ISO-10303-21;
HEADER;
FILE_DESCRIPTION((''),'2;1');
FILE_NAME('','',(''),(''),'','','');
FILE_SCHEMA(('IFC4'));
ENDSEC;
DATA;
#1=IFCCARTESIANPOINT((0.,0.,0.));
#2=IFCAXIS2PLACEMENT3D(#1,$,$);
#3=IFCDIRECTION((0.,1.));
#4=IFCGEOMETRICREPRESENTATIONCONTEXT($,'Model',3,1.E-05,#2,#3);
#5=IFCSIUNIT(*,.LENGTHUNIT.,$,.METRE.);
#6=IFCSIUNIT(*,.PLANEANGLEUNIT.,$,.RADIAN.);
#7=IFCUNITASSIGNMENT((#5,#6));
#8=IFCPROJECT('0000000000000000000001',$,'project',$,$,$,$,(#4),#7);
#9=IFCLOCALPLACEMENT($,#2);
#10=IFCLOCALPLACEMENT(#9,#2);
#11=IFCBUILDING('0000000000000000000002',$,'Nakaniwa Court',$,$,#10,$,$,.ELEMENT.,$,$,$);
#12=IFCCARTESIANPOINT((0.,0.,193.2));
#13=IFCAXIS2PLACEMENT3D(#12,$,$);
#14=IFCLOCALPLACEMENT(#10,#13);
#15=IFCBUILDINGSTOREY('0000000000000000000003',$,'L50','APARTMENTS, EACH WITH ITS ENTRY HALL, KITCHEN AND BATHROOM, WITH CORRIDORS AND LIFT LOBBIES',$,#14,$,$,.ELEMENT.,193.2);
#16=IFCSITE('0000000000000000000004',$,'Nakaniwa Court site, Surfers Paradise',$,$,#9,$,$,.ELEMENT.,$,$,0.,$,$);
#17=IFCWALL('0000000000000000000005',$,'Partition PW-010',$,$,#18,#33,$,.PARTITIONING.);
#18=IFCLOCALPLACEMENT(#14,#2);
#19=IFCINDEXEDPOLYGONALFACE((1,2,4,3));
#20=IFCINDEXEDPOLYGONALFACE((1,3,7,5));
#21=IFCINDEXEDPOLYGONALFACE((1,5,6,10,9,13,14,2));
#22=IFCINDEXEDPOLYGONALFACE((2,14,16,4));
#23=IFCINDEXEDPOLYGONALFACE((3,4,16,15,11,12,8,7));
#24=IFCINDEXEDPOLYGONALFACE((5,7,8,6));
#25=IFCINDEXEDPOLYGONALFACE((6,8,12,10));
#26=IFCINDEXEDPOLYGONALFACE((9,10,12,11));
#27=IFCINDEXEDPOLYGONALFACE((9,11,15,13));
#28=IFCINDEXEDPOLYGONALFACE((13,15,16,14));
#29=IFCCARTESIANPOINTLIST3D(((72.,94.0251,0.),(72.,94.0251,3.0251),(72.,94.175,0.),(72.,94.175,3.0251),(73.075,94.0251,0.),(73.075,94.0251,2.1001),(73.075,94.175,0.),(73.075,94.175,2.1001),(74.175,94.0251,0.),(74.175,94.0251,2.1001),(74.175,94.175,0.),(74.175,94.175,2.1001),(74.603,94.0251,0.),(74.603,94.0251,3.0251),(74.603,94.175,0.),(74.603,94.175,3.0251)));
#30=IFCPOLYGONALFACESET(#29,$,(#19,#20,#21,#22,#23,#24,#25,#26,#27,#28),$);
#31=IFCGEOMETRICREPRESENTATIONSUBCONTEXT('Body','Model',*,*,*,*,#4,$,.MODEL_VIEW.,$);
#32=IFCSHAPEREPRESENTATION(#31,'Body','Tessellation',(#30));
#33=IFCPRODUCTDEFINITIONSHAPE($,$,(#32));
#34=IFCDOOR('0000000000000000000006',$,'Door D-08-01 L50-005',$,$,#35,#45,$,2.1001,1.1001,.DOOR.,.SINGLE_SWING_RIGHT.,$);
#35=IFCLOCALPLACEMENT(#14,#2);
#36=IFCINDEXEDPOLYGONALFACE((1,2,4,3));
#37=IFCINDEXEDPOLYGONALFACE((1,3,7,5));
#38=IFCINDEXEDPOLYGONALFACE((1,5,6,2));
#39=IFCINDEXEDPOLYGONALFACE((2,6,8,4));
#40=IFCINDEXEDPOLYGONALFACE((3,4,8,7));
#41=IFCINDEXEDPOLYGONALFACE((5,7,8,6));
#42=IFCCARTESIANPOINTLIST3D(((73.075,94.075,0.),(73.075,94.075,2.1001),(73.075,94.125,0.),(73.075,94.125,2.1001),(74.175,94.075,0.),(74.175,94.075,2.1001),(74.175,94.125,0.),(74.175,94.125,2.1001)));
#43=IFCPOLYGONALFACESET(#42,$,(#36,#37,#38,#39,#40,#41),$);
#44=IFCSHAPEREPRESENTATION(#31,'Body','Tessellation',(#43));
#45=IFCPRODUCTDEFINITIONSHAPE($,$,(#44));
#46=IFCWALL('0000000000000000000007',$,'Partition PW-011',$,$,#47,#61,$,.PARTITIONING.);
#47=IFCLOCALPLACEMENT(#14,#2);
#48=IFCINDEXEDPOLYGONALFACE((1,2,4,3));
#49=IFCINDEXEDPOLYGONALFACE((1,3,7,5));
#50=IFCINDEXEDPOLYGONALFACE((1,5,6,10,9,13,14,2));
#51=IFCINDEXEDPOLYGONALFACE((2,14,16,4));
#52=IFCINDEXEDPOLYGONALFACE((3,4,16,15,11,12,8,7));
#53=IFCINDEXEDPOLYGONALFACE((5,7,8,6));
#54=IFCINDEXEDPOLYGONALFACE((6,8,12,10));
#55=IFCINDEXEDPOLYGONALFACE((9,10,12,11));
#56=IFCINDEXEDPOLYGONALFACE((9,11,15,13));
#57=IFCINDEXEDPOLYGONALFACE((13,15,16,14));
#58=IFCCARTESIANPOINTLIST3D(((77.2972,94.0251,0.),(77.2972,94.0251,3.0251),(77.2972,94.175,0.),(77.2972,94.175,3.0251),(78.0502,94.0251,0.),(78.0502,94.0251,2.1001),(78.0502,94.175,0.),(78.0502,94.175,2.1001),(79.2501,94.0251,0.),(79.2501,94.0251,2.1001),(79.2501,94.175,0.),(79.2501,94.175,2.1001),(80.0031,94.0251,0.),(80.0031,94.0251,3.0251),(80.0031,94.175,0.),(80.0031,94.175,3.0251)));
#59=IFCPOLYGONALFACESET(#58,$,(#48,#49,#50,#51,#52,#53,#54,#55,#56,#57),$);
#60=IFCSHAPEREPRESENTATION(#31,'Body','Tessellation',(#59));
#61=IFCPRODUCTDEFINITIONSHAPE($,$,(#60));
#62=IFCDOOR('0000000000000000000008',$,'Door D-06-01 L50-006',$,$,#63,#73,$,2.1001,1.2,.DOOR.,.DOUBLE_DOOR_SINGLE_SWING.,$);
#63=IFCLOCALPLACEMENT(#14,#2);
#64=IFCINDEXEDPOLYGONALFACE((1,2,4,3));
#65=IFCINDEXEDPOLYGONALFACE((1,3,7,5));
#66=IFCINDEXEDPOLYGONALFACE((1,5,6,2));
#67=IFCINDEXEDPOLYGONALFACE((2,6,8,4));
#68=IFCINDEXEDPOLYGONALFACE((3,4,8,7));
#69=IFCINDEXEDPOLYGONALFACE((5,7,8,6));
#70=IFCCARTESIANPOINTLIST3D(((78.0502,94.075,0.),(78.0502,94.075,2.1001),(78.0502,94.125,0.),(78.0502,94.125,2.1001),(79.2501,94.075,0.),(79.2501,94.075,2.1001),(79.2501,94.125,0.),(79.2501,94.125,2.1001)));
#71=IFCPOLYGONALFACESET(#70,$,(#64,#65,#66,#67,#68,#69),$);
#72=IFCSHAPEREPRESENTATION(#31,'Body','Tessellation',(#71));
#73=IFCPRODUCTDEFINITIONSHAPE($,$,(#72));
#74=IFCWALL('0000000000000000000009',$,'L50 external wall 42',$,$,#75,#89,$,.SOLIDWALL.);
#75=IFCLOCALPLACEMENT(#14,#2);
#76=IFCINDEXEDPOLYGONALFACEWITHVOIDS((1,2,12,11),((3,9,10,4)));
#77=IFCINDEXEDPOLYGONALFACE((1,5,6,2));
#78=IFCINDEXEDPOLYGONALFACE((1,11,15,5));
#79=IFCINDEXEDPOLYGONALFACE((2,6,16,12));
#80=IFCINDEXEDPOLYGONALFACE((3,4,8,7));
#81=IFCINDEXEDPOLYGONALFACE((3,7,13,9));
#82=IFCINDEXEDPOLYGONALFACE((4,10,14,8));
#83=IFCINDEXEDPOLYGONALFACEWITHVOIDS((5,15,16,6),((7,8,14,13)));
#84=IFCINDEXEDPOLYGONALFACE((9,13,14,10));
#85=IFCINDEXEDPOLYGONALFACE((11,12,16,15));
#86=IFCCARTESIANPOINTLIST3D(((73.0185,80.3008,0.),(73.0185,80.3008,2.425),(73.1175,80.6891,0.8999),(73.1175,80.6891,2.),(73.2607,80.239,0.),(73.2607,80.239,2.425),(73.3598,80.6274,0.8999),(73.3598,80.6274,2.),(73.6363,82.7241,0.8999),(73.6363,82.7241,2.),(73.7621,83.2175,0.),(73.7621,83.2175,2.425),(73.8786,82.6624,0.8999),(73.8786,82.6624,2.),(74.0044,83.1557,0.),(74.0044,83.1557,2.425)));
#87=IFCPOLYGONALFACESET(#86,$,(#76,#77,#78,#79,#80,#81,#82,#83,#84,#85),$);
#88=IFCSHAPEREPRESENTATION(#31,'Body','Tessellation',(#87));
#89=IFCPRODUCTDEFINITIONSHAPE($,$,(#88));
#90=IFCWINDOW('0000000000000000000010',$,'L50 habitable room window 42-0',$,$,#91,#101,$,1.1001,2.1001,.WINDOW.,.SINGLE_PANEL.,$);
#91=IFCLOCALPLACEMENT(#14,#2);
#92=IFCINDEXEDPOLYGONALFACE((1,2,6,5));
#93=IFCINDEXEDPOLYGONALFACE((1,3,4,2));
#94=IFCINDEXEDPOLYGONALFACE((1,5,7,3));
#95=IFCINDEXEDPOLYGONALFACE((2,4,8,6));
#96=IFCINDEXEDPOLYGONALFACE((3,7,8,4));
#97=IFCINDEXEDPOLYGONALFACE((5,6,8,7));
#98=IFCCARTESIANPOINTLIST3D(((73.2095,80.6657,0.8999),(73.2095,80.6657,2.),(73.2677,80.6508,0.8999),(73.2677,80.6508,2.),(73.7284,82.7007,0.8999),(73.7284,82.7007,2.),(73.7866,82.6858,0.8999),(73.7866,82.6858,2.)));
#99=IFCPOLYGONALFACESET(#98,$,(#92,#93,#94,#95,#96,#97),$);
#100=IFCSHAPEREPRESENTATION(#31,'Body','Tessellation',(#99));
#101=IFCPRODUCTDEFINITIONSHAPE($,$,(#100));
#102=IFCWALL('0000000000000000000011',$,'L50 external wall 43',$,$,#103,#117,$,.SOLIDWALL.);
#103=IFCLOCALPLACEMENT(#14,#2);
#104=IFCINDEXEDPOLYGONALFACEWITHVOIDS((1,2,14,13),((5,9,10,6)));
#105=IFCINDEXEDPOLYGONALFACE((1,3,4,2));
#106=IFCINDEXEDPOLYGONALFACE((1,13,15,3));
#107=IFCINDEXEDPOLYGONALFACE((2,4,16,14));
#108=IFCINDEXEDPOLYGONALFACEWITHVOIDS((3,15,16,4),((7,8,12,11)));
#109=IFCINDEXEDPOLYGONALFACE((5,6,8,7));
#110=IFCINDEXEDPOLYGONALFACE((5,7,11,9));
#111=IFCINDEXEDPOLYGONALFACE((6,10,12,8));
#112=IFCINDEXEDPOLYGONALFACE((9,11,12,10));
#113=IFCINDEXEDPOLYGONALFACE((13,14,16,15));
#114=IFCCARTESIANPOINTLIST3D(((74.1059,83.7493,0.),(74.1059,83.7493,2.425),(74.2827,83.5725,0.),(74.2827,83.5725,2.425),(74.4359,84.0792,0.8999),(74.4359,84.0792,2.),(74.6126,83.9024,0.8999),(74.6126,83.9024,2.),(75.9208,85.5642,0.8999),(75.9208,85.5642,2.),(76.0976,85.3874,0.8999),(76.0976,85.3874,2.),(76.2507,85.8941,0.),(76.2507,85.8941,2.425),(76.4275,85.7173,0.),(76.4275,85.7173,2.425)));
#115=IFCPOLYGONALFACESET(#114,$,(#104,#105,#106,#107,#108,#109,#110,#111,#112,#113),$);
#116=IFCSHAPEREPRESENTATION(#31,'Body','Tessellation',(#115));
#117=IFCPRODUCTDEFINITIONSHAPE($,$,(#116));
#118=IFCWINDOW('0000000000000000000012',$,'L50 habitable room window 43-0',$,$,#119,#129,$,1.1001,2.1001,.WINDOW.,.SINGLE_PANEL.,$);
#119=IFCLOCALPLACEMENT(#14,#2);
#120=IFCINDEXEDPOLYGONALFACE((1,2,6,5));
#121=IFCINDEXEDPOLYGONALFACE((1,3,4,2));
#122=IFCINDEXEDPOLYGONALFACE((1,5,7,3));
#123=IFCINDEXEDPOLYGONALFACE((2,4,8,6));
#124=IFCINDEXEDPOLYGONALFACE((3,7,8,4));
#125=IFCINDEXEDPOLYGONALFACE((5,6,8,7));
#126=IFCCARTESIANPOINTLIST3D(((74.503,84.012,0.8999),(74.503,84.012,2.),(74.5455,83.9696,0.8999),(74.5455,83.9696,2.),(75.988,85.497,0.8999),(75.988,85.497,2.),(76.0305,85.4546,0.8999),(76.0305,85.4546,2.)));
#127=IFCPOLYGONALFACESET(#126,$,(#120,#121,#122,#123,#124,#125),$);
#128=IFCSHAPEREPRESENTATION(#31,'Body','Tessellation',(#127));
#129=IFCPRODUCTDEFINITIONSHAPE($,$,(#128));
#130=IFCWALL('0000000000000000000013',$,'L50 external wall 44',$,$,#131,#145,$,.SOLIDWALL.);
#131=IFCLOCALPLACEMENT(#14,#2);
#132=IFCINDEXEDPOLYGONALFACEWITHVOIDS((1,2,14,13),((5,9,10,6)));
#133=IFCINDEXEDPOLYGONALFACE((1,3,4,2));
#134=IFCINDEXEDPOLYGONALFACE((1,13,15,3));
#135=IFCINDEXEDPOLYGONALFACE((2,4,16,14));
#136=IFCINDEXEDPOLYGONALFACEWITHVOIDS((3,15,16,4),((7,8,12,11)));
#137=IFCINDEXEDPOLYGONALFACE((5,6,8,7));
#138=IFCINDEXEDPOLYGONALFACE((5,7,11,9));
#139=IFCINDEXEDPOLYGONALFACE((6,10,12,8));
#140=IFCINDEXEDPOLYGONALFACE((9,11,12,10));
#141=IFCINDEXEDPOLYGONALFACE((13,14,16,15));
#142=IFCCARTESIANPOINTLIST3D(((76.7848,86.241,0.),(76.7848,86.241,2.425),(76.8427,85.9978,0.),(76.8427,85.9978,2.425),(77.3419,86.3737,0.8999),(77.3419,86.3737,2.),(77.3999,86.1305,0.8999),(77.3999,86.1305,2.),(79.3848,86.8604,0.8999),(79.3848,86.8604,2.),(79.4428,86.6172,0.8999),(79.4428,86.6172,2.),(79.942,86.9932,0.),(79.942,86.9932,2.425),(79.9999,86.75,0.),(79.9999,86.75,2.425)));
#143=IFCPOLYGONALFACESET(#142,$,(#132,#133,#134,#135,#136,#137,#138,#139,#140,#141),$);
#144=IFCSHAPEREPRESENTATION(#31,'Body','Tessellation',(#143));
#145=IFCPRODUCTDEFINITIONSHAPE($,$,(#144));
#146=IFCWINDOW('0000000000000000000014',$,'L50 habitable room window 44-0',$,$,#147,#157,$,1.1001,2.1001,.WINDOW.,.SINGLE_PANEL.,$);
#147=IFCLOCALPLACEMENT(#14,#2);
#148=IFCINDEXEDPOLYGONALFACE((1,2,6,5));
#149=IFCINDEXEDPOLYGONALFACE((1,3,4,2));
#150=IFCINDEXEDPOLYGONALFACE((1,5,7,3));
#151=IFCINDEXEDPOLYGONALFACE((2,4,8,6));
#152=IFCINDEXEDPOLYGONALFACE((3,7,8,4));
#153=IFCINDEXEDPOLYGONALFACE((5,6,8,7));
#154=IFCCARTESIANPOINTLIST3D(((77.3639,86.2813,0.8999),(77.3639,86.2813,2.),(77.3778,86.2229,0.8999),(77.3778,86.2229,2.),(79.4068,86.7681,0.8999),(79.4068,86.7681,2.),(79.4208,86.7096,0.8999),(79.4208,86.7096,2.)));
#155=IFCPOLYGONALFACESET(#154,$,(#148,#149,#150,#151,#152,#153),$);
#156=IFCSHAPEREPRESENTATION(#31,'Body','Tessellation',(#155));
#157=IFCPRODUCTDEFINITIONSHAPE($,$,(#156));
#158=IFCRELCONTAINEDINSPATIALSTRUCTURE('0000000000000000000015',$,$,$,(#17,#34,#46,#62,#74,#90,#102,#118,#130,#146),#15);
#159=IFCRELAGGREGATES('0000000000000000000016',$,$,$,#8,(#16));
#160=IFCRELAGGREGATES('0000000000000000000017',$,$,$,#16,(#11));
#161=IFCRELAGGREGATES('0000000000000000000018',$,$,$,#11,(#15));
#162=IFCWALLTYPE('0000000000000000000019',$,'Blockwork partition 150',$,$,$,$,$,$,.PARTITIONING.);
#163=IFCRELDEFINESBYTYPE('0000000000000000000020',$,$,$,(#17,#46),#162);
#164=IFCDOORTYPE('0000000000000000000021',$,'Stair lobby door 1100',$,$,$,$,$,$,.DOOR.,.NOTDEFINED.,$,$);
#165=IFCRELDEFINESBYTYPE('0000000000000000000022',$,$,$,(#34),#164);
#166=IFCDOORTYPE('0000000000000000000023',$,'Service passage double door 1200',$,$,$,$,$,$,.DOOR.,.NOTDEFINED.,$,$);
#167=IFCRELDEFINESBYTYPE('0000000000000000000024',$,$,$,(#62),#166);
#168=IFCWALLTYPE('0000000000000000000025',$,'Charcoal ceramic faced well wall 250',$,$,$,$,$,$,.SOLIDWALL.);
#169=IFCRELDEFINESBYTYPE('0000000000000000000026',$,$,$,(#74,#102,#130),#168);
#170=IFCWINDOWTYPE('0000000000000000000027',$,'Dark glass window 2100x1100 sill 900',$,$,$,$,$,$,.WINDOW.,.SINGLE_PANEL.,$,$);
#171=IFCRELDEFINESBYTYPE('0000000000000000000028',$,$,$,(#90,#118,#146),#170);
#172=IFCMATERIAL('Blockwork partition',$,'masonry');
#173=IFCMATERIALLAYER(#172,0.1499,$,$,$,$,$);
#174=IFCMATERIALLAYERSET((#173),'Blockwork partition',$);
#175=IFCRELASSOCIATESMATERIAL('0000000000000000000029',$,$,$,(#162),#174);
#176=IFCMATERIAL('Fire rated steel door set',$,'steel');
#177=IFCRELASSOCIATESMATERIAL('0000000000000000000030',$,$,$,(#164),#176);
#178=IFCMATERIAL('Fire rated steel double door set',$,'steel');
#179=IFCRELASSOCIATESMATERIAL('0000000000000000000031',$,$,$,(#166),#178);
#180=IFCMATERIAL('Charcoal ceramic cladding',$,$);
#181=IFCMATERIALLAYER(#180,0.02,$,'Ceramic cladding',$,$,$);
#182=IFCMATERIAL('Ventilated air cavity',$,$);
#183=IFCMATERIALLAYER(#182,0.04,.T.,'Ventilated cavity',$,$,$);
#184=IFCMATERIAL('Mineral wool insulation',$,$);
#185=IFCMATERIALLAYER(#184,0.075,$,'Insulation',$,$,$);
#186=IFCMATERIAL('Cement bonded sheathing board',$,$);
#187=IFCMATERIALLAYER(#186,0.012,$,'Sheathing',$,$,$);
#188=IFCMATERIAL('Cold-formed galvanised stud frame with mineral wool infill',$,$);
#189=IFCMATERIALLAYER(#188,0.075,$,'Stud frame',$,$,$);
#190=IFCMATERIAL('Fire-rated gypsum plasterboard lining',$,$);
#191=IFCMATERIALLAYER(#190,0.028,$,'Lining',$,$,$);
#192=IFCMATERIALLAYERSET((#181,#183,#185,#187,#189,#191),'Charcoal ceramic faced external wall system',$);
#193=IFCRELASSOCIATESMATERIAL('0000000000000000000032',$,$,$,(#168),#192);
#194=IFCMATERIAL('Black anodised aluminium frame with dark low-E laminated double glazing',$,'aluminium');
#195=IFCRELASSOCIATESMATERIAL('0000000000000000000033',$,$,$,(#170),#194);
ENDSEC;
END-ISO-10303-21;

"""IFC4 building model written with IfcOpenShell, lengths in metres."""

from ifc_helpers import new_model, si_unit, direction, frame, frame_2d, origin, place, context, subcontext, project, spatial, rectangle, extrude, material, layer, layer_set, type_object, element, fill, save


model = new_model("IFC4")

# Units and contexts
model_context = context("Model", 3, precision=1e-05, world=origin(), true_north=direction((0.0, 1.0)))
body_context = subcontext(model_context, "Body", "Model", "MODEL_VIEW")
ifc_project = project(units=[si_unit("LENGTHUNIT", "METRE"), si_unit("PLANEANGLEUNIT", "RADIAN")], contexts=[model_context])

# Site, building, storey
site_placement = place(None, origin())
site = spatial("IfcSite", under=ifc_project, at=site_placement, Name="Nakaniwa Court site, Surfers Paradise", CompositionType="ELEMENT", RefElevation=0.0)
building_placement = place(site_placement, origin())
building = spatial("IfcBuilding", under=site, at=building_placement, Name="Nakaniwa Court", CompositionType="ELEMENT")
storey_placement = place(building_placement, frame((0.0, 0.0, 193.2)))
storey = spatial("IfcBuildingStorey", under=building, at=storey_placement, Name="L50", Description="APARTMENTS, EACH WITH ITS ENTRY HALL, KITCHEN AND BATHROOM, WITH CORRIDORS AND LIFT LOBBIES", CompositionType="ELEMENT", Elevation=193.2)

# Shared definitions
ifc_material_1 = material(Name="Blockwork partition", Category="masonry")
ifc_layer_1 = layer(ifc_material_1, 0.1499)
ifc_layer_set_1 = layer_set([ifc_layer_1], Name="Blockwork partition")
wall_type_1 = type_object("IfcWallType", Name="Blockwork partition 150", PredefinedType="PARTITIONING", material=ifc_layer_set_1)

# Walls, openings, doors
wall_1_placement = place(storey_placement, frame((72.0, 94.1001, 0.0), z_axis=(0.0, 0.0, 1.0), x_axis=(1.0, 0.0, 0.0)))
wall_1 = element("IfcWall", 1, at=wall_1_placement, inside=storey, type_object=wall_type_1, Name="Partition PW-010", PredefinedType="PARTITIONING", context=body_context, shape_type="SweptSolid", body=[
    extrude(rectangle(XDim=2.603, YDim=0.1499, at=frame_2d((1.3015, 0.0))), origin(), (0.0, 0.0, 1.0), 3.0251),
])
opening_1_placement = place(wall_1_placement, frame((1.075, 0.0, 0.0)))
opening_1 = element("IfcOpeningElement", 2, at=opening_1_placement, cuts=wall_1, PredefinedType="OPENING", context=body_context, shape_type="SweptSolid", body=[
    extrude(rectangle(XDim=1.1001, YDim=2.1001, at=frame_2d((0.55, 1.05))), frame((0.0, 0.085, 0.0), z_axis=(0.0, -1.0, 0.0), x_axis=(1.0, 0.0, 0.0)), (0.0, 0.0, 1.0), 0.1699),
])
ifc_material_2 = material(Name="Fire rated steel door set", Category="steel")
door_type_1 = type_object("IfcDoorType", Name="Stair lobby door 1100", OperationType="NOTDEFINED", PredefinedType="DOOR", material=ifc_material_2)
door_1_placement = place(opening_1_placement, origin())
door_1 = element("IfcDoor", 3, at=door_1_placement, inside=storey, type_object=door_type_1, Name="Door D-08-01 L50-005", OperationType="SINGLE_SWING_RIGHT", OverallHeight=2.1001, OverallWidth=1.1001, PredefinedType="DOOR", context=body_context, shape_type="SweptSolid", body=[
    extrude(rectangle(XDim=1.1001, YDim=2.1001, at=frame_2d((0.55, 1.05))), frame((0.0, 0.0249, 0.0), z_axis=(0.0, -1.0, 0.0), x_axis=(1.0, 0.0, 0.0)), (0.0, 0.0, 1.0), 0.05),
])
fill(opening_1, door_1)
wall_2_placement = place(storey_placement, frame((77.2971, 94.1001, 0.0), z_axis=(0.0, 0.0, 1.0), x_axis=(1.0, 0.0, 0.0)))
wall_2 = element("IfcWall", 4, at=wall_2_placement, inside=storey, type_object=wall_type_1, Name="Partition PW-011", PredefinedType="PARTITIONING", context=body_context, shape_type="SweptSolid", body=[
    extrude(rectangle(XDim=2.7058, YDim=0.1499, at=frame_2d((1.353, 0.0))), origin(), (0.0, 0.0, 1.0), 3.0251),
])
opening_2_placement = place(wall_2_placement, frame((0.7529, 0.0, 0.0)))
opening_2 = element("IfcOpeningElement", 5, at=opening_2_placement, cuts=wall_2, PredefinedType="OPENING", context=body_context, shape_type="SweptSolid", body=[
    extrude(rectangle(XDim=1.2, YDim=2.1001, at=frame_2d((0.6001, 1.05))), frame((0.0, 0.085, 0.0), z_axis=(0.0, -1.0, 0.0), x_axis=(1.0, 0.0, 0.0)), (0.0, 0.0, 1.0), 0.1699),
])
ifc_material_3 = material(Name="Fire rated steel double door set", Category="steel")
door_type_2 = type_object("IfcDoorType", Name="Service passage double door 1200", OperationType="NOTDEFINED", PredefinedType="DOOR", material=ifc_material_3)
door_2_placement = place(opening_2_placement, origin())
door_2 = element("IfcDoor", 6, at=door_2_placement, inside=storey, type_object=door_type_2, Name="Door D-06-01 L50-006", OperationType="DOUBLE_DOOR_SINGLE_SWING", OverallHeight=2.1001, OverallWidth=1.2, PredefinedType="DOOR", context=body_context, shape_type="SweptSolid", body=[
    extrude(rectangle(XDim=1.2, YDim=2.1001, at=frame_2d((0.6001, 1.05))), frame((0.0, 0.0249, 0.0), z_axis=(0.0, -1.0, 0.0), x_axis=(1.0, 0.0, 0.0)), (0.0, 0.0, 1.0), 0.05),
])
fill(opening_2, door_2)

# Walls, openings, windows
ifc_material_4 = material(Name="Charcoal ceramic cladding")
ifc_layer_2 = layer(ifc_material_4, 0.02, Name="Ceramic cladding")
ifc_material_5 = material(Name="Ventilated air cavity")
ifc_layer_3 = layer(ifc_material_5, 0.04, ventilated=True, Name="Ventilated cavity")
ifc_material_6 = material(Name="Mineral wool insulation")
ifc_layer_4 = layer(ifc_material_6, 0.075, Name="Insulation")
ifc_material_7 = material(Name="Cement bonded sheathing board")
ifc_layer_5 = layer(ifc_material_7, 0.012, Name="Sheathing")
ifc_material_8 = material(Name="Cold-formed galvanised stud frame with mineral wool infill")
ifc_layer_6 = layer(ifc_material_8, 0.075, Name="Stud frame")
ifc_material_9 = material(Name="Fire-rated gypsum plasterboard lining")
ifc_layer_7 = layer(ifc_material_9, 0.028, Name="Lining")
ifc_layer_set_2 = layer_set([ifc_layer_2, ifc_layer_3, ifc_layer_4, ifc_layer_5, ifc_layer_6, ifc_layer_7], Name="Charcoal ceramic faced external wall system")
wall_type_2 = type_object("IfcWallType", Name="Charcoal ceramic faced well wall 250", PredefinedType="SOLIDWALL", material=ifc_layer_set_2)
wall_3_placement = place(storey_placement, frame((73.1396, 80.27, 0.0), z_axis=(0.0, 0.0, 1.0), x_axis=(0.247056, 0.969001, 0.0)))
wall_3 = element("IfcWall", 7, at=wall_3_placement, inside=storey, type_object=wall_type_2, Name="L50 external wall 42", PredefinedType="SOLIDWALL", context=body_context, shape_type="SweptSolid", body=[
    extrude(rectangle(XDim=3.01, YDim=0.25, at=frame_2d((1.5049, 0.0))), origin(), (0.0, 0.0, 1.0), 2.425),
])
opening_3_placement = place(wall_3_placement, frame((0.4006, 0.0, 0.8999)))
opening_3 = element("IfcOpeningElement", 8, at=opening_3_placement, cuts=wall_3, PredefinedType="OPENING", context=body_context, shape_type="SweptSolid", body=[
    extrude(rectangle(XDim=2.1001, YDim=1.1001, at=frame_2d((1.05, 0.55))), frame((0.0, 0.135, 0.0), z_axis=(0.0, -1.0, 0.0), x_axis=(1.0, 0.0, 0.0)), (0.0, 0.0, 1.0), 0.27),
])
ifc_material_10 = material(Name="Black anodised aluminium frame with dark low-E laminated double glazing", Category="aluminium")
window_type = type_object("IfcWindowType", Name="Dark glass window 2100x1100 sill 900", PartitioningType="SINGLE_PANEL", PredefinedType="WINDOW", material=ifc_material_10)
window_1_placement = place(opening_3_placement, origin())
window_1 = element("IfcWindow", 9, at=window_1_placement, inside=storey, type_object=window_type, Name="L50 habitable room window 42-0", OverallHeight=1.1001, OverallWidth=2.1001, PartitioningType="SINGLE_PANEL", PredefinedType="WINDOW", context=body_context, shape_type="SweptSolid", body=[
    extrude(rectangle(XDim=2.1001, YDim=1.1001, at=frame_2d((1.05, 0.55))), frame((0.0, 0.03, 0.0), z_axis=(0.0, -1.0, 0.0), x_axis=(1.0, 0.0, 0.0)), (0.0, 0.0, 1.0), 0.0601),
])
fill(opening_3, window_1)
wall_4_placement = place(storey_placement, frame((74.1943, 83.6609, 0.0), z_axis=(0.0, 0.0, 1.0), x_axis=(0.707107, 0.707107, 0.0)))
wall_4 = element("IfcWall", 10, at=wall_4_placement, inside=storey, type_object=wall_type_2, Name="L50 external wall 43", PredefinedType="SOLIDWALL", context=body_context, shape_type="SweptSolid", body=[
    extrude(rectangle(XDim=3.0332, YDim=0.25, at=frame_2d((1.5166, 0.0))), origin(), (0.0, 0.0, 1.0), 2.425),
])
opening_4_placement = place(wall_4_placement, frame((0.4666, 0.0, 0.8999)))
opening_4 = element("IfcOpeningElement", 11, at=opening_4_placement, cuts=wall_4, PredefinedType="OPENING", context=body_context, shape_type="SweptSolid", body=[
    extrude(rectangle(XDim=2.1001, YDim=1.1001, at=frame_2d((1.05, 0.55))), frame((0.0, 0.135, 0.0), z_axis=(0.0, -1.0, 0.0), x_axis=(1.0, 0.0, 0.0)), (0.0, 0.0, 1.0), 0.27),
])
window_2_placement = place(opening_4_placement, origin())
window_2 = element("IfcWindow", 12, at=window_2_placement, inside=storey, type_object=window_type, Name="L50 habitable room window 43-0", OverallHeight=1.1001, OverallWidth=2.1001, PartitioningType="SINGLE_PANEL", PredefinedType="WINDOW", context=body_context, shape_type="SweptSolid", body=[
    extrude(rectangle(XDim=2.1001, YDim=1.1001, at=frame_2d((1.05, 0.55))), frame((0.0, 0.03, 0.0), z_axis=(0.0, -1.0, 0.0), x_axis=(1.0, 0.0, 0.0)), (0.0, 0.0, 1.0), 0.0601),
])
fill(opening_4, window_2)
wall_5_placement = place(storey_placement, frame((76.8137, 86.1194, 0.0), z_axis=(0.0, 0.0, 1.0), x_axis=(0.972773, 0.23176, 0.0)))
wall_5 = element("IfcWall", 13, at=wall_5_placement, inside=storey, type_object=wall_type_2, Name="L50 external wall 44", PredefinedType="SOLIDWALL", context=body_context, shape_type="SweptSolid", body=[
    extrude(rectangle(XDim=3.2456, YDim=0.25, at=frame_2d((1.6228, 0.0))), origin(), (0.0, 0.0, 1.0), 2.425),
])
opening_5_placement = place(wall_5_placement, frame((0.5728, 0.0, 0.8999)))
opening_5 = element("IfcOpeningElement", 14, at=opening_5_placement, cuts=wall_5, PredefinedType="OPENING", context=body_context, shape_type="SweptSolid", body=[
    extrude(rectangle(XDim=2.1001, YDim=1.1001, at=frame_2d((1.05, 0.55))), frame((0.0, 0.135, 0.0), z_axis=(0.0, -1.0, 0.0), x_axis=(1.0, 0.0, 0.0)), (0.0, 0.0, 1.0), 0.27),
])
window_3_placement = place(opening_5_placement, origin())
window_3 = element("IfcWindow", 15, at=window_3_placement, inside=storey, type_object=window_type, Name="L50 habitable room window 44-0", OverallHeight=1.1001, OverallWidth=2.1001, PartitioningType="SINGLE_PANEL", PredefinedType="WINDOW", context=body_context, shape_type="SweptSolid", body=[
    extrude(rectangle(XDim=2.1001, YDim=1.1001, at=frame_2d((1.05, 0.55))), frame((0.0, 0.03, 0.0), z_axis=(0.0, -1.0, 0.0), x_axis=(1.0, 0.0, 0.0)), (0.0, 0.0, 1.0), 0.0601),
])
fill(opening_5, window_3)

save(model, "model.ifc")
